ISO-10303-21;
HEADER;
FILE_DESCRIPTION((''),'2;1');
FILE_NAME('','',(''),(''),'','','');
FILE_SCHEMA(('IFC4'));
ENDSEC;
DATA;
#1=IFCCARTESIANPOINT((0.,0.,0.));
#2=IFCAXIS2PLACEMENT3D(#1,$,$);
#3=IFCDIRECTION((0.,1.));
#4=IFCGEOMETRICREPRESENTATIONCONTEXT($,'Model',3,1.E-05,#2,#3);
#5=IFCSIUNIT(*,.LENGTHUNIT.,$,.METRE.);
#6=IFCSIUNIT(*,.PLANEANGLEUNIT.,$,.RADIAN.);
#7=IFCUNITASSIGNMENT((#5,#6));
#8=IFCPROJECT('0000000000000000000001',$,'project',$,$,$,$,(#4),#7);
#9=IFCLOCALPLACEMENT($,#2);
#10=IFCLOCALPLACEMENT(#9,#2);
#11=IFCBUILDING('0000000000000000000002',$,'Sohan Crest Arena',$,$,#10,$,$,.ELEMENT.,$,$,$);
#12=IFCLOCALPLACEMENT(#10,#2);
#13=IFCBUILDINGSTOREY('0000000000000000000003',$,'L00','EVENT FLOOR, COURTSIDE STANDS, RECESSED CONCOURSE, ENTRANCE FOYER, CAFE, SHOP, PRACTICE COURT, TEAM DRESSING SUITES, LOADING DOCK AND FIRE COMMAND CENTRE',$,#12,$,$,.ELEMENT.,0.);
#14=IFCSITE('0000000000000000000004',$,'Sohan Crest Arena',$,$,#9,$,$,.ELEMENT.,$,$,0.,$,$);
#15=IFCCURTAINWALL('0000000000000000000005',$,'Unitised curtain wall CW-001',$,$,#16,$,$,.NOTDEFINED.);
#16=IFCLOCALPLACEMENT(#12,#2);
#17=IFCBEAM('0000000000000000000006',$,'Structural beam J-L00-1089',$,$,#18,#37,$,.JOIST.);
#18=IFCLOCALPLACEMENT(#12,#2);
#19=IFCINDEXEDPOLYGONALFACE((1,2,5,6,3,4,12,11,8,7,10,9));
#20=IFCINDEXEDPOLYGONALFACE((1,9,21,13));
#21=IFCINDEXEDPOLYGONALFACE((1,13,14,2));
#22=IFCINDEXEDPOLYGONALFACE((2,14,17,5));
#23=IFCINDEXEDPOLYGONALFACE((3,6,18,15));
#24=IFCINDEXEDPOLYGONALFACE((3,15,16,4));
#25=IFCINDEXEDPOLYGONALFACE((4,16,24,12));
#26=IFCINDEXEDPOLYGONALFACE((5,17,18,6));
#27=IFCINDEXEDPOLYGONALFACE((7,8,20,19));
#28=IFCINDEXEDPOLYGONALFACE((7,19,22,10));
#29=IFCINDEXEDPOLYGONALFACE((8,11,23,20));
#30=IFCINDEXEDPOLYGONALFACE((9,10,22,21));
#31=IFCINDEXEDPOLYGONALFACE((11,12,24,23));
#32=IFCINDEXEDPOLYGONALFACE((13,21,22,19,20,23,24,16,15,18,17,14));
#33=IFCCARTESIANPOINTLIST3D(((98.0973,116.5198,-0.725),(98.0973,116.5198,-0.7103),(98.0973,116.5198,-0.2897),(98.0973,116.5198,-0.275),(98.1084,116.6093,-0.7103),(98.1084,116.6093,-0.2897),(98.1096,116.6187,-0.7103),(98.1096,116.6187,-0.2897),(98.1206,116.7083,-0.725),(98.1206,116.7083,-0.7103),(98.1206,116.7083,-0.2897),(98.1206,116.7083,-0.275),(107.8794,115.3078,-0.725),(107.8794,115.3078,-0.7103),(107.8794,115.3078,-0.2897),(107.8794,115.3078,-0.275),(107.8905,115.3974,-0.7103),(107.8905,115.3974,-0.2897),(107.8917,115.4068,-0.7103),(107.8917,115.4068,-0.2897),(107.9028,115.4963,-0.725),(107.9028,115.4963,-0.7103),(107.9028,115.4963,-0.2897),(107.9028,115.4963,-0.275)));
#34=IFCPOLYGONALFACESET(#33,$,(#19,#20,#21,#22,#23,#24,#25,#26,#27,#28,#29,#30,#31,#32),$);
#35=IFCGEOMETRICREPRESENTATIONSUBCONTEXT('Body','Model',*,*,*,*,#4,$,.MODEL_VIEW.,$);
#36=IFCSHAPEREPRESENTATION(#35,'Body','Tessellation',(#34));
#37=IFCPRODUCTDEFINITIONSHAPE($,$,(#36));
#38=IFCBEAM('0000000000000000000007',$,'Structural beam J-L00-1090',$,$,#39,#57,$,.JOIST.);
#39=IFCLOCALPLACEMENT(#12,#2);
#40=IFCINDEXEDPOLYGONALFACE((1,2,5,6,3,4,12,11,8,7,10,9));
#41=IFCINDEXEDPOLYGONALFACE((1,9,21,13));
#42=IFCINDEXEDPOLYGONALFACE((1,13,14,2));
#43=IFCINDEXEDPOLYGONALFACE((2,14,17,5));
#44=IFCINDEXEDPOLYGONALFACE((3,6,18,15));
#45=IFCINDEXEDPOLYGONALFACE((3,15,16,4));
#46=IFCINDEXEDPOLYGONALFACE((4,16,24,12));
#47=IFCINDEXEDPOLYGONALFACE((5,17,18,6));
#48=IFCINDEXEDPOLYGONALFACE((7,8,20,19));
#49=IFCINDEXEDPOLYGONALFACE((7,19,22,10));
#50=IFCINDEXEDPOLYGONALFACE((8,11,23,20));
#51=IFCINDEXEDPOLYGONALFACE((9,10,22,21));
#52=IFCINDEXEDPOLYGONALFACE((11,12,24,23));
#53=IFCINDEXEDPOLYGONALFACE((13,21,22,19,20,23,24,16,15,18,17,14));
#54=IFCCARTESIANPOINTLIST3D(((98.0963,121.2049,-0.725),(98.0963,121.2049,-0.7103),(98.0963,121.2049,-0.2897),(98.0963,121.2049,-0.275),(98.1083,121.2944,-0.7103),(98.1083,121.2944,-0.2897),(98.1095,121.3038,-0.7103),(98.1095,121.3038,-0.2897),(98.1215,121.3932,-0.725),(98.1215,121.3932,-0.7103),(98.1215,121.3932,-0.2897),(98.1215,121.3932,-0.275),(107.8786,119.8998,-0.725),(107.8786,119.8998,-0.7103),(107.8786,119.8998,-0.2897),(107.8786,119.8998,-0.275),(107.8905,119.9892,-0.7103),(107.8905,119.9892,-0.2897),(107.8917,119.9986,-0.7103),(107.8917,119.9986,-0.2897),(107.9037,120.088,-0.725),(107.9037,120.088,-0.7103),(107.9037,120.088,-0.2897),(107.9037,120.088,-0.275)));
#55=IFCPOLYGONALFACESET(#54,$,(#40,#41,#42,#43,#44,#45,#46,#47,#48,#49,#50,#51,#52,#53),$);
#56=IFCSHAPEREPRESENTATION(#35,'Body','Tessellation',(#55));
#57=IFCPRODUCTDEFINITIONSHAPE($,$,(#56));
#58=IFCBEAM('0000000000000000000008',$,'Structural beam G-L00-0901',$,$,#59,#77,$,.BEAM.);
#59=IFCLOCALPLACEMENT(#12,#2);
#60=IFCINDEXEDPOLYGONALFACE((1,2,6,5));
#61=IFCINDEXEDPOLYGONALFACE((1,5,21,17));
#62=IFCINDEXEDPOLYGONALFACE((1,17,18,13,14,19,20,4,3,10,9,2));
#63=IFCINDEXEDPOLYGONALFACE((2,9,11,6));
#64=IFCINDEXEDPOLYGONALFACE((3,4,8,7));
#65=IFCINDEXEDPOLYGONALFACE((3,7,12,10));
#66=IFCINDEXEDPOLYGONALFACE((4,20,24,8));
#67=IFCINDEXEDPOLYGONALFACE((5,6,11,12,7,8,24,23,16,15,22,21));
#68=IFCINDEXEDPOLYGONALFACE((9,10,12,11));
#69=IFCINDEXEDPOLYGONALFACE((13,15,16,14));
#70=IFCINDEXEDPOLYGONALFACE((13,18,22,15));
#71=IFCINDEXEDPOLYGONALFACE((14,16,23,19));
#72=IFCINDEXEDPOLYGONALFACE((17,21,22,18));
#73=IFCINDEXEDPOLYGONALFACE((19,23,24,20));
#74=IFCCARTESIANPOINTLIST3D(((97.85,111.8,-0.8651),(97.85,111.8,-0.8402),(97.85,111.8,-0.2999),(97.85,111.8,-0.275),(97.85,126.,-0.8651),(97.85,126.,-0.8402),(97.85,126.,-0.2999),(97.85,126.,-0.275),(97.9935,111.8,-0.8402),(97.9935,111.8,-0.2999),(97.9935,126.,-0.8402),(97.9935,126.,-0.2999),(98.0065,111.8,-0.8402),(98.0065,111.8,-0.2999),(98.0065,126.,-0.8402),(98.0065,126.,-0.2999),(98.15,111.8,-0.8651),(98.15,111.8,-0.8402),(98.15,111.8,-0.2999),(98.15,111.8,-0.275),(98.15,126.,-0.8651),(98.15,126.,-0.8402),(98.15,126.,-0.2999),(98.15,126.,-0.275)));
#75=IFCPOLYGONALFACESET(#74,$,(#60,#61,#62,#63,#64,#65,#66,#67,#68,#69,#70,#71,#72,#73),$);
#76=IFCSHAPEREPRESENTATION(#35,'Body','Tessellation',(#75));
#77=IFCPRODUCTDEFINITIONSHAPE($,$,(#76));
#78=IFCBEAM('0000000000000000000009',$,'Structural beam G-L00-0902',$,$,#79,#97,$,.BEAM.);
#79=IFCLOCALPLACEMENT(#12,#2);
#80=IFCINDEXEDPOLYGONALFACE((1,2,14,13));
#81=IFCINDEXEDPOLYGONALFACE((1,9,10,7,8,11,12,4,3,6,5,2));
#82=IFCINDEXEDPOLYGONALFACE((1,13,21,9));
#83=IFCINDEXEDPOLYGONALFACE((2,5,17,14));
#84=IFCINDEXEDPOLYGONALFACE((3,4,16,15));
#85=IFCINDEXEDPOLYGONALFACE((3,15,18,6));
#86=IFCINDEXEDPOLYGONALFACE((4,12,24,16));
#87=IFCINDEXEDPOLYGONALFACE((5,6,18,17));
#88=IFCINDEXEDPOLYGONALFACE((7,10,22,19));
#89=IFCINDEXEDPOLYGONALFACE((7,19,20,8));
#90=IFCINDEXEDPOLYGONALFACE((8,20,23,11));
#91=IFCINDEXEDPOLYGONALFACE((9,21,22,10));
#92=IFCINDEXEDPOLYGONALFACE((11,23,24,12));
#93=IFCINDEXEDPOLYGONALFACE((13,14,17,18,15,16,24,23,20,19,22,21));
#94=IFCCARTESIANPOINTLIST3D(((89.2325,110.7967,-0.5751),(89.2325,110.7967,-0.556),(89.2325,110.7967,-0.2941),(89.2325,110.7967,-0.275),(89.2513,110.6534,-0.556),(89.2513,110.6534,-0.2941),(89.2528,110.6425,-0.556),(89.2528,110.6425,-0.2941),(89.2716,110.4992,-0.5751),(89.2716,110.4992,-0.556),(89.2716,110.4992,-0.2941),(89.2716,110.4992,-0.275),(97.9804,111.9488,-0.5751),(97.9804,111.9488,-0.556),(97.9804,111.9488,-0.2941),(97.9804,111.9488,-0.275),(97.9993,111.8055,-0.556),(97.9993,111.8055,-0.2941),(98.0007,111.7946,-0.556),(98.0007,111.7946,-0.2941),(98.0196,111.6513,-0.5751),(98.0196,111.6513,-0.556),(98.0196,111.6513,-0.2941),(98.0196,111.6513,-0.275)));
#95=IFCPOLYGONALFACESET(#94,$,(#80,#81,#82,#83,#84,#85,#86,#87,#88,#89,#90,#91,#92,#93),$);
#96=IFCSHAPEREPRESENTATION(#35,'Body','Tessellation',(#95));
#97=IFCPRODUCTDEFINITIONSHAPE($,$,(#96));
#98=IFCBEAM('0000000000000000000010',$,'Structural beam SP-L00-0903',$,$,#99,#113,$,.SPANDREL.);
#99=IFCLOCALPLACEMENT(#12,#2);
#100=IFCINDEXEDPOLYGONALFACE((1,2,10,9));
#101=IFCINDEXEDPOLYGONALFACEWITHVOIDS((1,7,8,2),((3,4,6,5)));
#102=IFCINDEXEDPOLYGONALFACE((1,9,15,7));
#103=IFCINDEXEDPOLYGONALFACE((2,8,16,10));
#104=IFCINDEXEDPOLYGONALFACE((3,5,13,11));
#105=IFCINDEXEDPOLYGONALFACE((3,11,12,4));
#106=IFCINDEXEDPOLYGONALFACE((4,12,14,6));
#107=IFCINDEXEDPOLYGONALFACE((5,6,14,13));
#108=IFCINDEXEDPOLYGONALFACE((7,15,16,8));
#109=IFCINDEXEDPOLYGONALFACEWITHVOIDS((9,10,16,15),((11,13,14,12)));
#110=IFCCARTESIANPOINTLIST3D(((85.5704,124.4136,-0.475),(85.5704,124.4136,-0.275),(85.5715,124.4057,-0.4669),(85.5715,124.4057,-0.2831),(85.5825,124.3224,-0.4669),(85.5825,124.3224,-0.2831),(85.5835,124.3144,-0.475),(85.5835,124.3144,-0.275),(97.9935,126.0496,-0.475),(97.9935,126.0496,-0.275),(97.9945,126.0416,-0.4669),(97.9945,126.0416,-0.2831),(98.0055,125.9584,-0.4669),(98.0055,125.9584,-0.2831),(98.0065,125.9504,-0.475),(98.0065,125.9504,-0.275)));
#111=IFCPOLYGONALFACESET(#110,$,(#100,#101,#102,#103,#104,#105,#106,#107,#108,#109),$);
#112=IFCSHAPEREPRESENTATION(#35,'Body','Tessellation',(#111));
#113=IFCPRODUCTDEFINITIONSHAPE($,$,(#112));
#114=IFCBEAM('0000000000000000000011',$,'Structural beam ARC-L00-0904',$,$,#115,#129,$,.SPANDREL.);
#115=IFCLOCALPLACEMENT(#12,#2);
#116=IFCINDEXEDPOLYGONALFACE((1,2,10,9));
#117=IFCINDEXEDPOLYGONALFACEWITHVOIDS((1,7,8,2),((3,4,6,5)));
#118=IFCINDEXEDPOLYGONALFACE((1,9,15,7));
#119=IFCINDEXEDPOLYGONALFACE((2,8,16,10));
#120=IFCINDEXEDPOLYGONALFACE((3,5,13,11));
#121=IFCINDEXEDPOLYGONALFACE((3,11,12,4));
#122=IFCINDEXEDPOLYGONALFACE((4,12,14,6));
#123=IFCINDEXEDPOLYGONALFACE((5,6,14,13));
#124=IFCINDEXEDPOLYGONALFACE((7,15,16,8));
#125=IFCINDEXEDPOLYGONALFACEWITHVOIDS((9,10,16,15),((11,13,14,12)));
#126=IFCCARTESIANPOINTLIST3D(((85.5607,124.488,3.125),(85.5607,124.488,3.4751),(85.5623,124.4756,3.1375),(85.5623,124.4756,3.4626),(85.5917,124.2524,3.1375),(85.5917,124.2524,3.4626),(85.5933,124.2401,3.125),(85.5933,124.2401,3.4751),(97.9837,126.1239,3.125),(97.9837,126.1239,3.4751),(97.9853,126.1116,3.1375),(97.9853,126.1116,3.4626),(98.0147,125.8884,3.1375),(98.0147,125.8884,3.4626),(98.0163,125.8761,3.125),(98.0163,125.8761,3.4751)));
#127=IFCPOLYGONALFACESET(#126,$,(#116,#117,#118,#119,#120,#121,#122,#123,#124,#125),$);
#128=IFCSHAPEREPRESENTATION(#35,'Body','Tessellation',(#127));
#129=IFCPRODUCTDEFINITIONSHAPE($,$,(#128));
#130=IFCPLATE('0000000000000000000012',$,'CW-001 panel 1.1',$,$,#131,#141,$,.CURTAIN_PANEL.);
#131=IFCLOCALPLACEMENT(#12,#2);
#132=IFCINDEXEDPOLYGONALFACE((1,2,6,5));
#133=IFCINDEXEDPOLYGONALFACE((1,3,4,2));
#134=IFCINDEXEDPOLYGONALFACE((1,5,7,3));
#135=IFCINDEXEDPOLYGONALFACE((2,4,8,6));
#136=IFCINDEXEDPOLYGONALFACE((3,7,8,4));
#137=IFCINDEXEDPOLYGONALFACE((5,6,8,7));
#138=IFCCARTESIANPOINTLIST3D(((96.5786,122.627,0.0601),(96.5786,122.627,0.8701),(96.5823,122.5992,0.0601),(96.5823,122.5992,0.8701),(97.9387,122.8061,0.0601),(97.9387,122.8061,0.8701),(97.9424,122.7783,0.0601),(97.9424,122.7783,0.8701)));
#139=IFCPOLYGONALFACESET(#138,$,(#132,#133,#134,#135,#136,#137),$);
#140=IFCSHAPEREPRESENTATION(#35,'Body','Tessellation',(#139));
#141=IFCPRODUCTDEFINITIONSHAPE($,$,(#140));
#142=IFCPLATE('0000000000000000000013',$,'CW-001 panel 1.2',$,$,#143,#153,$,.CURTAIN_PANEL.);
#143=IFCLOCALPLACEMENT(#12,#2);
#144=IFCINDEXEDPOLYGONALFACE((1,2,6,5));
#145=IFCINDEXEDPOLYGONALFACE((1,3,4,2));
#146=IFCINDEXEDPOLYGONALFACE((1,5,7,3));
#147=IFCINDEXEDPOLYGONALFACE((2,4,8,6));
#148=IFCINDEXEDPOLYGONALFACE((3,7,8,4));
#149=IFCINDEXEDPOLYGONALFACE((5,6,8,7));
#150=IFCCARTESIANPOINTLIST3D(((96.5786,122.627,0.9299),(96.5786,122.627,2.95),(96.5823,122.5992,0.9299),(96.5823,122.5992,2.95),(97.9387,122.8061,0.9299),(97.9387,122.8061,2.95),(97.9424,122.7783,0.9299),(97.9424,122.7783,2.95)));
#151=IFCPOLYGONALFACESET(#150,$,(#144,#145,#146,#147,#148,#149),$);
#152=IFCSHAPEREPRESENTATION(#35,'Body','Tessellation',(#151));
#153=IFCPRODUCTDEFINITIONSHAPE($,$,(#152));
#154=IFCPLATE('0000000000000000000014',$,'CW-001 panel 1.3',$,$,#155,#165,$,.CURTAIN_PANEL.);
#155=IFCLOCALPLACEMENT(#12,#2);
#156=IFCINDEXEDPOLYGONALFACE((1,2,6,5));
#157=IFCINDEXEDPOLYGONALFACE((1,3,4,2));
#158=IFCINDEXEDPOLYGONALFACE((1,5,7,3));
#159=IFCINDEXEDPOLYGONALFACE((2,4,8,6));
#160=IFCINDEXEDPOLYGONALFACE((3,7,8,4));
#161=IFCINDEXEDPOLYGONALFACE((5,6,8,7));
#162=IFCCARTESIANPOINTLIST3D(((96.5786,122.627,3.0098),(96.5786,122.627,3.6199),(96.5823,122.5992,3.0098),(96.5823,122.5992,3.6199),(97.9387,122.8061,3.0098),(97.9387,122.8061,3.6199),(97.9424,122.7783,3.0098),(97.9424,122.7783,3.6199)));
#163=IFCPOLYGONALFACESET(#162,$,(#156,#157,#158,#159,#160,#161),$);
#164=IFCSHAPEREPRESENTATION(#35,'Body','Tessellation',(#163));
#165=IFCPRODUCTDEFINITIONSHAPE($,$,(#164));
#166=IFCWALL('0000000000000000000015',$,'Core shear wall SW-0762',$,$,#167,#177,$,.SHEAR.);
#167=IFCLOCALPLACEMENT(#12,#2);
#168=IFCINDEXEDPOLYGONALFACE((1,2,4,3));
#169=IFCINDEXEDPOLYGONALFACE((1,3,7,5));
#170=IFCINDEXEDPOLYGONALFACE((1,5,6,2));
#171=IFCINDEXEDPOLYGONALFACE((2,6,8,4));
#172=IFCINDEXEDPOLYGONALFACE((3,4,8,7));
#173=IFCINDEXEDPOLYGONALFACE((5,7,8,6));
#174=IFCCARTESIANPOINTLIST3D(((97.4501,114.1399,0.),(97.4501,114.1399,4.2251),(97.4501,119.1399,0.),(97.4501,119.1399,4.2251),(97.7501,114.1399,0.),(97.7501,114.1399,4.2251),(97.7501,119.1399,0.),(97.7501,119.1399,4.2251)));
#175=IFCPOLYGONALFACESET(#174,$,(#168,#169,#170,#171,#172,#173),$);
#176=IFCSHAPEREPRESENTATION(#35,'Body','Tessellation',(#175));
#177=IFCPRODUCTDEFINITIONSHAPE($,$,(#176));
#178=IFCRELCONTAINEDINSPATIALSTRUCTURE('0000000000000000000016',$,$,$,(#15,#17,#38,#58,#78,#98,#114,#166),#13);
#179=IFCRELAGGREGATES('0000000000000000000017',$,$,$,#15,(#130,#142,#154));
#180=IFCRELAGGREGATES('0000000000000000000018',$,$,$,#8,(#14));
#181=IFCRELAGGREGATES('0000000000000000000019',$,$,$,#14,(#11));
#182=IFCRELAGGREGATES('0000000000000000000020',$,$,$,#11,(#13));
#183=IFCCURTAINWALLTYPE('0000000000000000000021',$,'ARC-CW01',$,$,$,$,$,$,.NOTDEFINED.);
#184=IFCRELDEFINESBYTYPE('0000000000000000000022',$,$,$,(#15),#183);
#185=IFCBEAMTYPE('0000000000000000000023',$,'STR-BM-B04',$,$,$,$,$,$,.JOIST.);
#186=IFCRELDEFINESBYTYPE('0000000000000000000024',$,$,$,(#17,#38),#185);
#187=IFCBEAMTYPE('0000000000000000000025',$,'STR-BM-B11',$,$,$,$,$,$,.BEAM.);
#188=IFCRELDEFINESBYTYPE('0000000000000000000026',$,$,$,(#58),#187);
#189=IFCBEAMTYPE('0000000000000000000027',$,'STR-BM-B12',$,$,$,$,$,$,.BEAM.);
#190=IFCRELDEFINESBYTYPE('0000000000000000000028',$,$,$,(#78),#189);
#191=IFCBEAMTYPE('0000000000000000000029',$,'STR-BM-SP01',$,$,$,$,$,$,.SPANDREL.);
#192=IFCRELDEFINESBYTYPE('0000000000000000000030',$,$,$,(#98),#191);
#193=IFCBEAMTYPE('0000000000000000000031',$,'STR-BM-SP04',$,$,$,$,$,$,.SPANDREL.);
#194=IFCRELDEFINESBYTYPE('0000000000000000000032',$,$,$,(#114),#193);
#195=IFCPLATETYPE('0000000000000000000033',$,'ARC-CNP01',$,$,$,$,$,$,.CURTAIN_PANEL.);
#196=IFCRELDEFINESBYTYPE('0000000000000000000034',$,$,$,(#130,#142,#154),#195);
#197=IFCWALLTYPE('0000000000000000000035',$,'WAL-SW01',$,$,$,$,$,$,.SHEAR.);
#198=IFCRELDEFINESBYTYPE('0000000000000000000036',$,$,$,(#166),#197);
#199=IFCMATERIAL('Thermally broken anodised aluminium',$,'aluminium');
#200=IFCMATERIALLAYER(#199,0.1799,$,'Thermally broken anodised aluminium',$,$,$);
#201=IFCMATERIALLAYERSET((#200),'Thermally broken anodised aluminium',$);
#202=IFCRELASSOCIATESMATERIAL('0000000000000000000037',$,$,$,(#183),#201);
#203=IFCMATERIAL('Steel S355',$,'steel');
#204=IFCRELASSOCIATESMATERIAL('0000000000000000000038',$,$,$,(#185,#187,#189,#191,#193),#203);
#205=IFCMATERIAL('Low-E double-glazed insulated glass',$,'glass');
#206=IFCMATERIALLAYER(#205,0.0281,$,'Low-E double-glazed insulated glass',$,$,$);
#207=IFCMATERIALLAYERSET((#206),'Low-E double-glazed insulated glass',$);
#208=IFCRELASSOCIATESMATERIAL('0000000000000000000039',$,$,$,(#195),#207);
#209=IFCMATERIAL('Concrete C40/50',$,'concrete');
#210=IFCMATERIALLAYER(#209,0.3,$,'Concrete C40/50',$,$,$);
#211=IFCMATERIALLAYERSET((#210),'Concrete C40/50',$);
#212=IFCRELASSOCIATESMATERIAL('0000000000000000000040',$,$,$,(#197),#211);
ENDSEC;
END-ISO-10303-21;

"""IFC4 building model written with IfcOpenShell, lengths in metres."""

from ifc_helpers import new_model, si_unit, direction, frame, frame_2d, origin, origin_2d, place, context, subcontext, project, spatial, rectangle, hollow_rectangle, i_section, extrude, material, layer, layer_set, material_profile, profile_set, type_object, element, aggregate, save


model = new_model("IFC4")

# Units and contexts
model_context = context("Model", 3, precision=1e-05, world=origin(), true_north=direction((0.0, 1.0)))
body_context = subcontext(model_context, "Body", "Model", "MODEL_VIEW")
ifc_project = project(units=[si_unit("LENGTHUNIT", "METRE"), si_unit("PLANEANGLEUNIT", "RADIAN")], contexts=[model_context])

# Site, building, storey
site_placement = place(None, origin())
site = spatial("IfcSite", under=ifc_project, at=site_placement, Name="Sohan Crest Arena", CompositionType="ELEMENT", RefElevation=0.0)
building_placement = place(site_placement, origin())
building = spatial("IfcBuilding", under=site, at=building_placement, Name="Sohan Crest Arena", CompositionType="ELEMENT")
storey_placement = place(building_placement, origin())
storey = spatial("IfcBuildingStorey", under=building, at=storey_placement, Name="L00", Description="EVENT FLOOR, COURTSIDE STANDS, RECESSED CONCOURSE, ENTRANCE FOYER, CAFE, SHOP, PRACTICE COURT, TEAM DRESSING SUITES, LOADING DOCK AND FIRE COMMAND CENTRE", CompositionType="ELEMENT", Elevation=0.0)

# Shared definitions
ifc_material_1 = material(Name="Steel S355", Category="steel")
ifc_material_2 = material(Name="Concrete C40/50", Category="concrete")

# Curtain wall
ifc_material_3 = material(Name="Thermally broken anodised aluminium", Category="aluminium")
ifc_layer_1 = layer(ifc_material_3, 0.1799, Name="Thermally broken anodised aluminium")
ifc_layer_set_1 = layer_set([ifc_layer_1], Name="Thermally broken anodised aluminium")
curtain_wall_type = type_object("IfcCurtainWallType", Name="ARC-CW01", PredefinedType="NOTDEFINED", material=ifc_layer_set_1)
curtain_wall_placement = place(storey_placement, origin())
curtain_wall = element("IfcCurtainWall", 1, at=curtain_wall_placement, inside=storey, type_object=curtain_wall_type, Name="Unitised curtain wall CW-001", PredefinedType="NOTDEFINED")

# Beams
ifc_material_profile_1 = material_profile(ifc_material_1, i_section(OverallWidth=0.1899, OverallDepth=0.45, WebThickness=0.0095, FlangeThickness=0.0146, at=origin_2d()), Name="IPE 450")
ifc_profile_set_1 = profile_set([ifc_material_profile_1], Name="Steel S355")
beam_type_1 = type_object("IfcBeamType", Name="STR-BM-B04", PredefinedType="JOIST", material=ifc_profile_set_1)
beam_1_placement = place(storey_placement, frame((107.8911, 115.4021, -0.5), z_axis=(-0.992413, 0.122949, 0.0), x_axis=(-0.122949, -0.992413, 0.0)))
element("IfcBeam", 2, at=beam_1_placement, inside=storey, type_object=beam_type_1, Name="Structural beam J-L00-1089", PredefinedType="JOIST", context=body_context, shape_type="SweptSolid", body=[
    extrude(i_section(OverallWidth=0.1899, OverallDepth=0.45, WebThickness=0.0095, FlangeThickness=0.0146, at=origin_2d()), origin(), (0.0, 0.0, 1.0), 9.8569),
])
beam_2_placement = place(storey_placement, frame((107.8911, 119.9939, -0.5), z_axis=(-0.991216, 0.132251, 0.0), x_axis=(-0.132251, -0.991216, 0.0)))
element("IfcBeam", 3, at=beam_2_placement, inside=storey, type_object=beam_type_1, Name="Structural beam J-L00-1090", PredefinedType="JOIST", context=body_context, shape_type="SweptSolid", body=[
    extrude(i_section(OverallWidth=0.1899, OverallDepth=0.45, WebThickness=0.0095, FlangeThickness=0.0146, at=origin_2d()), origin(), (0.0, 0.0, 1.0), 9.8689),
])
ifc_material_profile_2 = material_profile(ifc_material_1, i_section(OverallWidth=0.3, OverallDepth=0.5901, WebThickness=0.0129, FlangeThickness=0.0249, at=origin_2d()), Name="HEA 600")
ifc_profile_set_2 = profile_set([ifc_material_profile_2], Name="Steel S355")
beam_type_2 = type_object("IfcBeamType", Name="STR-BM-B11", PredefinedType="BEAM", material=ifc_profile_set_2)
beam_3_placement = place(storey_placement, frame((98.0, 111.8, -0.5701), z_axis=(0.0, 1.0, 0.0), x_axis=(-1.0, 0.0, 0.0)))
element("IfcBeam", 4, at=beam_3_placement, inside=storey, type_object=beam_type_2, Name="Structural beam G-L00-0901", PredefinedType="BEAM", context=body_context, shape_type="SweptSolid", body=[
    extrude(i_section(OverallWidth=0.3, OverallDepth=0.5901, WebThickness=0.0129, FlangeThickness=0.0249, at=origin_2d()), origin(), (0.0, 0.0, 1.0), 14.2),
])
ifc_material_profile_3 = material_profile(ifc_material_1, i_section(OverallWidth=0.3, OverallDepth=0.3, WebThickness=0.011, FlangeThickness=0.019, at=origin_2d()), Name="HEB 300")
ifc_profile_set_3 = profile_set([ifc_material_profile_3], Name="Steel S355")
beam_type_3 = type_object("IfcBeamType", Name="STR-BM-B12", PredefinedType="BEAM", material=ifc_profile_set_3)
beam_4_placement = place(storey_placement, frame((98.0, 111.8, -0.425), z_axis=(-0.991439, -0.13057, 0.0), x_axis=(0.13057, -0.991439, 0.0)))
element("IfcBeam", 5, at=beam_4_placement, inside=storey, type_object=beam_type_3, Name="Structural beam G-L00-0902", PredefinedType="BEAM", context=body_context, shape_type="SweptSolid", body=[
    extrude(i_section(OverallWidth=0.3, OverallDepth=0.3, WebThickness=0.011, FlangeThickness=0.019, at=origin_2d()), origin(), (0.0, 0.0, 1.0), 8.8235),
])
ifc_material_profile_4 = material_profile(ifc_material_1, hollow_rectangle(XDim=0.1001, YDim=0.2, WallThickness=0.0081, at=origin_2d()), Name="RHS 200x100x8")
ifc_profile_set_4 = profile_set([ifc_material_profile_4], Name="Steel S355")
beam_type_4 = type_object("IfcBeamType", Name="STR-BM-SP01", PredefinedType="SPANDREL", material=ifc_profile_set_4)
beam_5_placement = place(storey_placement, frame((98.0, 126.0, -0.375), z_axis=(-0.99144, -0.130562, 0.0), x_axis=(0.130562, -0.99144, 0.0)))
element("IfcBeam", 6, at=beam_5_placement, inside=storey, type_object=beam_type_4, Name="Structural beam SP-L00-0903", PredefinedType="SPANDREL", context=body_context, shape_type="SweptSolid", body=[
    extrude(hollow_rectangle(XDim=0.1001, YDim=0.2, WallThickness=0.0081, at=origin_2d()), origin(), (0.0, 0.0, 1.0), 12.5303),
])
ifc_material_profile_5 = material_profile(ifc_material_1, hollow_rectangle(XDim=0.25, YDim=0.3501, WallThickness=0.0125, at=origin_2d()), Name="RHS 350x250x12.5")
ifc_profile_set_5 = profile_set([ifc_material_profile_5], Name="Steel S355")
beam_type_5 = type_object("IfcBeamType", Name="STR-BM-SP04", PredefinedType="SPANDREL", material=ifc_profile_set_5)
beam_6_placement = place(storey_placement, frame((98.0, 126.0, 3.3), z_axis=(-0.99144, -0.130562, 0.0), x_axis=(0.130562, -0.99144, 0.0)))
element("IfcBeam", 7, at=beam_6_placement, inside=storey, type_object=beam_type_5, Name="Structural beam ARC-L00-0904", PredefinedType="SPANDREL", context=body_context, shape_type="SweptSolid", body=[
    extrude(hollow_rectangle(XDim=0.25, YDim=0.3501, WallThickness=0.0125, at=origin_2d()), origin(), (0.0, 0.0, 1.0), 12.5303),
])

# Plates
ifc_material_4 = material(Name="Low-E double-glazed insulated glass", Category="glass")
ifc_layer_2 = layer(ifc_material_4, 0.0281, Name="Low-E double-glazed insulated glass")
ifc_layer_set_2 = layer_set([ifc_layer_2], Name="Low-E double-glazed insulated glass")
plate_type = type_object("IfcPlateType", Name="ARC-CNP01", PredefinedType="CURTAIN_PANEL", material=ifc_layer_set_2)
plate_1_placement = place(storey_placement, frame((97.2605, 122.7026, 0.0601), z_axis=(0.0, 0.0, 1.0), x_axis=(-0.991439, -0.130567, 0.0)))
plate_1 = element("IfcPlate", 8, at=plate_1_placement, type_object=plate_type, Name="CW-001 panel 1.1", PredefinedType="CURTAIN_PANEL", context=body_context, shape_type="SweptSolid", body=[
    extrude(rectangle(XDim=1.3718, YDim=0.0281, at=origin_2d()), origin(), (0.0, 0.0, 1.0), 0.8101),
])
plate_2_placement = place(storey_placement, frame((97.2605, 122.7026, 0.9299), z_axis=(0.0, 0.0, 1.0), x_axis=(-0.991439, -0.130567, 0.0)))
plate_2 = element("IfcPlate", 9, at=plate_2_placement, type_object=plate_type, Name="CW-001 panel 1.2", PredefinedType="CURTAIN_PANEL", context=body_context, shape_type="SweptSolid", body=[
    extrude(rectangle(XDim=1.3718, YDim=0.0281, at=origin_2d()), origin(), (0.0, 0.0, 1.0), 2.02),
])
plate_3_placement = place(storey_placement, frame((97.2605, 122.7026, 3.0098), z_axis=(0.0, 0.0, 1.0), x_axis=(-0.991439, -0.130567, 0.0)))
plate_3 = element("IfcPlate", 10, at=plate_3_placement, type_object=plate_type, Name="CW-001 panel 1.3", PredefinedType="CURTAIN_PANEL", context=body_context, shape_type="SweptSolid", body=[
    extrude(rectangle(XDim=1.3718, YDim=0.0281, at=origin_2d()), origin(), (0.0, 0.0, 1.0), 0.6101),
])
aggregate(curtain_wall, [plate_1, plate_2, plate_3])

# Wall
ifc_layer_3 = layer(ifc_material_2, 0.3, Name="Concrete C40/50")
ifc_layer_set_3 = layer_set([ifc_layer_3], Name="Concrete C40/50")
wall_type_1 = type_object("IfcWallType", Name="WAL-SW01", PredefinedType="SHEAR", material=ifc_layer_set_3)
wall_1_placement = place(storey_placement, frame((97.6001, 114.1399, 0.0), z_axis=(0.0, 0.0, 1.0), x_axis=(0.0, 1.0, 0.0)))
element("IfcWall", 11, at=wall_1_placement, inside=storey, type_object=wall_type_1, Name="Core shear wall SW-0762", PredefinedType="SHEAR", context=body_context, shape_type="SweptSolid", body=[
    extrude(rectangle(XDim=5.0, YDim=0.3, at=frame_2d((2.5, 0.0))), origin(), (0.0, 0.0, 1.0), 4.2251),
])

save(model, "model.ifc")
